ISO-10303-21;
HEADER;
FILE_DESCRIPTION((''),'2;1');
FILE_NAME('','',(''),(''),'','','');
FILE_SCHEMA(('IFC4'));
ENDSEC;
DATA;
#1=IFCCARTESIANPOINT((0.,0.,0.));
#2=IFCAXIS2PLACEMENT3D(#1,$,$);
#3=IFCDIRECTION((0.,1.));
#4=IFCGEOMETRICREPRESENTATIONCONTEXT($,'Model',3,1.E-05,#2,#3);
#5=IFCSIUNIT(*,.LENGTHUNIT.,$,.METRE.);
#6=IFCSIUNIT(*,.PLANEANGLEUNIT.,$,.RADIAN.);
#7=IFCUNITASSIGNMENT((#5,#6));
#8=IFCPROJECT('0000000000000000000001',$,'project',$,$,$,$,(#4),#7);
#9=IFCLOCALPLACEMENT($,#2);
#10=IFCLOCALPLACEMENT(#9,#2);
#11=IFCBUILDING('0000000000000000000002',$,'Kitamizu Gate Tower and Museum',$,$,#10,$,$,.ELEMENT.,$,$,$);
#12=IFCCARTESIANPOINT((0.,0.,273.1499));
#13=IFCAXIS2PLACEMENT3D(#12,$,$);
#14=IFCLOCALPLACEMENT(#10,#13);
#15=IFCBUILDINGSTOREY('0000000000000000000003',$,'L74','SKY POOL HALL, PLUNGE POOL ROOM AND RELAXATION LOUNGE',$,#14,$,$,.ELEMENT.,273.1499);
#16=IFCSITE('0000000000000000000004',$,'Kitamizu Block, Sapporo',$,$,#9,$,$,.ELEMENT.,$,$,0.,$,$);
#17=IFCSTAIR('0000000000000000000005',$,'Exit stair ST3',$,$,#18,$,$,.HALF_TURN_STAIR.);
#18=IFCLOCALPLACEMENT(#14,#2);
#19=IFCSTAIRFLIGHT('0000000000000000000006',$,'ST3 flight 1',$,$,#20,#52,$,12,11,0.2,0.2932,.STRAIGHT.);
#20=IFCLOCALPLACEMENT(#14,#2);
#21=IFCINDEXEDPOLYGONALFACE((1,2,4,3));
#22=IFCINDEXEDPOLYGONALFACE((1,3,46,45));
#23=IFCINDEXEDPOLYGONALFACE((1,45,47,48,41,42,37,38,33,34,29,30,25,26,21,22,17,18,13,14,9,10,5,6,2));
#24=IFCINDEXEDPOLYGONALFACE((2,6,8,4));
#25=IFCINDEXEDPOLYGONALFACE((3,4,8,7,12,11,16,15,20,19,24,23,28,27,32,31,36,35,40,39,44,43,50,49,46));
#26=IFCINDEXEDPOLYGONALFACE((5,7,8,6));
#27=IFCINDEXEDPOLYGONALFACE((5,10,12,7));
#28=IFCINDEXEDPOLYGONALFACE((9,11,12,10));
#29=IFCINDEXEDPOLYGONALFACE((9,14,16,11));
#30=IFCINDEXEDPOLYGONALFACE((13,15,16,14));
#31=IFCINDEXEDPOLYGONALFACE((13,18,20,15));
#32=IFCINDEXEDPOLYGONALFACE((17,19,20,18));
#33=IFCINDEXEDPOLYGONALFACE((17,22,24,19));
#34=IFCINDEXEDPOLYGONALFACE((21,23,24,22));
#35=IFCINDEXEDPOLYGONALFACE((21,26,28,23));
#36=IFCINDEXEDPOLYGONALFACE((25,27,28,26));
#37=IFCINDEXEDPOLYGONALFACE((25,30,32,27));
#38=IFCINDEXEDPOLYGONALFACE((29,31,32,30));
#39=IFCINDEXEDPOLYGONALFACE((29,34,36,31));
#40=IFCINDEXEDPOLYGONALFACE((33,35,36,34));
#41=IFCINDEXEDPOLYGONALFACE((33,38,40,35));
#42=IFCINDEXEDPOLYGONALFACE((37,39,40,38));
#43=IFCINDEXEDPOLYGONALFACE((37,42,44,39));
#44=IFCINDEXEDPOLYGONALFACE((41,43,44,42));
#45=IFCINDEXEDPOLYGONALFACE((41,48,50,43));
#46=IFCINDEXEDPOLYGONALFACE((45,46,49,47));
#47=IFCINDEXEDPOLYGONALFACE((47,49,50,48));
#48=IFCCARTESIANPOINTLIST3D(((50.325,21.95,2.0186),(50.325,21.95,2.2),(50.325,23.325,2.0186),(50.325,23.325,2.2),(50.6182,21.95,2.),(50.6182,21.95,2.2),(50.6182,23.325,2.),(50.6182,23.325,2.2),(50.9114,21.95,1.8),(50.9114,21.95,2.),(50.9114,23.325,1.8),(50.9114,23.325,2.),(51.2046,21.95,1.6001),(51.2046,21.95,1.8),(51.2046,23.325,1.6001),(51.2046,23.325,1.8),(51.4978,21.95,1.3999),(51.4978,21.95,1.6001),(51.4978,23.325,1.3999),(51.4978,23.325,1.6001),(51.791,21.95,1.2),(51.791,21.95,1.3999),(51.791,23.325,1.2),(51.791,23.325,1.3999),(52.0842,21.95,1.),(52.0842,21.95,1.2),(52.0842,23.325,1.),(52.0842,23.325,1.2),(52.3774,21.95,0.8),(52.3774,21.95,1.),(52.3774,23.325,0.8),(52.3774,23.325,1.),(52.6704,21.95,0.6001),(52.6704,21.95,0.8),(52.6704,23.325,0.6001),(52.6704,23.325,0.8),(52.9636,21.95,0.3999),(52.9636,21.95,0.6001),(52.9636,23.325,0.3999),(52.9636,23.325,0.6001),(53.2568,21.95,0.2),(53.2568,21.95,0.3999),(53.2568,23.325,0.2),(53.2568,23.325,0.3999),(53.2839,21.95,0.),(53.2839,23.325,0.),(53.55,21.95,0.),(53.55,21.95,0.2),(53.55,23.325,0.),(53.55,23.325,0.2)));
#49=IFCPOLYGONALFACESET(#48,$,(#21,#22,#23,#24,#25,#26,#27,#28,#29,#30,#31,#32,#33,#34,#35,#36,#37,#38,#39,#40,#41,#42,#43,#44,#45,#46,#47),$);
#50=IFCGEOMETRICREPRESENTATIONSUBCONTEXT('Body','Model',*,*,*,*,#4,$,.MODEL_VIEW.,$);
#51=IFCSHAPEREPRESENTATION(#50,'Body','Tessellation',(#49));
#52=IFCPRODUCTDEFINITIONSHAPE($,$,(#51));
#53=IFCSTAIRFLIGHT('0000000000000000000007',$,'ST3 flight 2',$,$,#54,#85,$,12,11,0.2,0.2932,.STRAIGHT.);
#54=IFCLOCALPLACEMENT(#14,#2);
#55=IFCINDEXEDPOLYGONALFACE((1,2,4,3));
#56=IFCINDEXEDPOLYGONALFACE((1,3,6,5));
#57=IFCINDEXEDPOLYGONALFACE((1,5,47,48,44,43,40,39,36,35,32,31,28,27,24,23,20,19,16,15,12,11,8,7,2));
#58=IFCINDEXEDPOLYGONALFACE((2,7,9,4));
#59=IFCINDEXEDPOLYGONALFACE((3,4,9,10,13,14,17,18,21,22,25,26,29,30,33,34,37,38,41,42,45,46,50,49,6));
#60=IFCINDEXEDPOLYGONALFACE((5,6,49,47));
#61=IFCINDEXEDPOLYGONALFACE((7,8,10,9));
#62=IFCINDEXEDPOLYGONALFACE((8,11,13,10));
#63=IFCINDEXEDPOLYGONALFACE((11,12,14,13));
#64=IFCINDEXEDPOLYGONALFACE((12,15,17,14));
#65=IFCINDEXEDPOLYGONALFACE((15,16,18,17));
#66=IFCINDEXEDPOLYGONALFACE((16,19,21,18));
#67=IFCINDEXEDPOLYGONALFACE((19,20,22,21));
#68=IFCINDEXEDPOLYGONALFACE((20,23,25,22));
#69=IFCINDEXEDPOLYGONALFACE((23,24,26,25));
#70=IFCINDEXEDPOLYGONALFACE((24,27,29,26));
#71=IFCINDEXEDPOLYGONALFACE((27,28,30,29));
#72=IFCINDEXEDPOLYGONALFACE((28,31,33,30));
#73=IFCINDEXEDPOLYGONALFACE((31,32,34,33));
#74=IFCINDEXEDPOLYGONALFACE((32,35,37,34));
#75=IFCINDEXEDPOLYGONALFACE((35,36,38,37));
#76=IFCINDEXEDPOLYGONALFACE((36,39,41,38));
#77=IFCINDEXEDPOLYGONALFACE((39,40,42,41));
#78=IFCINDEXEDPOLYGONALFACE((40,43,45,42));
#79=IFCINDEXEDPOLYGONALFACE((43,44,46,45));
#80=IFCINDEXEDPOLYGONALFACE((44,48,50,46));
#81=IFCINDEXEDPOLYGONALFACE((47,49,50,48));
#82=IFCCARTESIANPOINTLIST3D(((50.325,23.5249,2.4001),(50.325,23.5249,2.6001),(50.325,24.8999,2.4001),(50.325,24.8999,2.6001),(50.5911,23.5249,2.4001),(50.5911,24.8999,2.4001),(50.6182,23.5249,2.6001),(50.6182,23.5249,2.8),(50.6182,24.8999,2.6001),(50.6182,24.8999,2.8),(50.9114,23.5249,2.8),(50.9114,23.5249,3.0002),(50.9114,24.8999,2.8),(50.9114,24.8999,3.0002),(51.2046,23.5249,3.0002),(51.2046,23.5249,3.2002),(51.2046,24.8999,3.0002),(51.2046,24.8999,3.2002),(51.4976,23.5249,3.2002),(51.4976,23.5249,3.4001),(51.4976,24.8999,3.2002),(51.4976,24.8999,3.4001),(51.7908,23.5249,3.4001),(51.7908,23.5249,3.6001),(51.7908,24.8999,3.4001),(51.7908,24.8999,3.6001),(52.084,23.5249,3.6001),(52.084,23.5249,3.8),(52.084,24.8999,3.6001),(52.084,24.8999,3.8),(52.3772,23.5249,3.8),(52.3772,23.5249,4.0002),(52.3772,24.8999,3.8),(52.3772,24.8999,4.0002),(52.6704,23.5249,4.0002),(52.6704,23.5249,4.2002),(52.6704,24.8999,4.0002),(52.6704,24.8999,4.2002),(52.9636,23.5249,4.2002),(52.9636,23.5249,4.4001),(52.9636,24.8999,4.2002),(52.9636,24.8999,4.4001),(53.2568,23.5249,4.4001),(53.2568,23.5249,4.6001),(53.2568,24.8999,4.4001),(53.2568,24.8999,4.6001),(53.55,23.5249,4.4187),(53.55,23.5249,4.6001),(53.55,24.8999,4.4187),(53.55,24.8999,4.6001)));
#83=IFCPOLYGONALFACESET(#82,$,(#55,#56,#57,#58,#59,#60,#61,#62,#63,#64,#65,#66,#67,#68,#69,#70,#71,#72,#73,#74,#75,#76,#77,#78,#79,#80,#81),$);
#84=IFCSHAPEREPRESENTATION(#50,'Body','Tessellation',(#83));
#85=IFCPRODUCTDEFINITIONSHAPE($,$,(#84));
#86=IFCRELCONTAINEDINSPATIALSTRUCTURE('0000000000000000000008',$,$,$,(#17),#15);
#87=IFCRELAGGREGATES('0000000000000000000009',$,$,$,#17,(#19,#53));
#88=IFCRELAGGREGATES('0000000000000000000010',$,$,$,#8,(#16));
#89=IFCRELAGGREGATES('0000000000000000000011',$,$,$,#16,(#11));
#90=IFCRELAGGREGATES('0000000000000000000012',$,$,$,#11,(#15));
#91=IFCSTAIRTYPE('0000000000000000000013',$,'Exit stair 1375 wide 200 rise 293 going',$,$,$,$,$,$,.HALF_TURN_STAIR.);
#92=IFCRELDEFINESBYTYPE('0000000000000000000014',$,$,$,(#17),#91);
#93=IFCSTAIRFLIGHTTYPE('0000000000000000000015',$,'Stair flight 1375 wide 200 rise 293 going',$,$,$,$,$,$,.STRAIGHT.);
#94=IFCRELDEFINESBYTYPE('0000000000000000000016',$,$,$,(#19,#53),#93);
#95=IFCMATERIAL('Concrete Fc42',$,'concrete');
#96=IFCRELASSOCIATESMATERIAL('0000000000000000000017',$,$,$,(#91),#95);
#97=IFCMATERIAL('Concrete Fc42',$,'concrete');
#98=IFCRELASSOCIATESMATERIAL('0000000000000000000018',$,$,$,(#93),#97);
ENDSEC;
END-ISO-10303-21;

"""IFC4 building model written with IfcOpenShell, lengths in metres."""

from ifc_helpers import new_model, si_unit, direction, frame, origin, place, context, subcontext, project, spatial, polyline, outline, extrude, material, type_object, element, aggregate, save


model = new_model("IFC4")

# Units and contexts
model_context = context("Model", 3, precision=1e-05, world=origin(), true_north=direction((0.0, 1.0)))
body_context = subcontext(model_context, "Body", "Model", "MODEL_VIEW")
ifc_project = project(units=[si_unit("LENGTHUNIT", "METRE"), si_unit("PLANEANGLEUNIT", "RADIAN")], contexts=[model_context])

# Site, building, storey
site_placement = place(None, origin())
site = spatial("IfcSite", under=ifc_project, at=site_placement, Name="Kitamizu Block, Sapporo", CompositionType="ELEMENT", RefElevation=0.0)
building_placement = place(site_placement, origin())
building = spatial("IfcBuilding", under=site, at=building_placement, Name="Kitamizu Gate Tower and Museum", CompositionType="ELEMENT")
storey_placement = place(building_placement, frame((0.0, 0.0, 273.1499)))
storey = spatial("IfcBuildingStorey", under=building, at=storey_placement, Name="L74", Description="SKY POOL HALL, PLUNGE POOL ROOM AND RELAXATION LOUNGE", CompositionType="ELEMENT", Elevation=273.1499)

# Stair, stair flights
ifc_material_1 = material(Name="Concrete Fc42", Category="concrete")
stair_type = type_object("IfcStairType", Name="Exit stair 1375 wide 200 rise 293 going", PredefinedType="HALF_TURN_STAIR", material=ifc_material_1)
stair_placement = place(storey_placement, origin())
stair = element("IfcStair", 1, at=stair_placement, inside=storey, type_object=stair_type, Name="Exit stair ST3", PredefinedType="HALF_TURN_STAIR")
ifc_material_2 = material(Name="Concrete Fc42", Category="concrete")
stair_flight_type = type_object("IfcStairFlightType", Name="Stair flight 1375 wide 200 rise 293 going", PredefinedType="STRAIGHT", material=ifc_material_2)
stair_flight_1_placement = place(storey_placement, frame((53.55, 22.6375, 0.0), z_axis=(0.0, 0.0, 1.0), x_axis=(-1.0, 0.0, 0.0)))
stair_flight_1 = element("IfcStairFlight", 2, at=stair_flight_1_placement, type_object=stair_flight_type, Name="ST3 flight 1", NumberOfRisers=12, NumberOfTreads=11, PredefinedType="STRAIGHT", RiserHeight=0.2, TreadLength=0.2932, context=body_context, shape_type="SweptSolid", body=[
    extrude(outline(polyline([(0.0, 0.0), (0.0, 0.2), (0.2932, 0.2), (0.2932, 0.3999), (0.5864, 0.3999), (0.5864, 0.6001), (0.8796, 0.6001), (0.8796, 0.8), (1.1726, 0.8), (1.1726, 1.0), (1.4658, 1.0), (1.4658, 1.2), (1.759, 1.2), (1.759, 1.3999), (2.0522, 1.3999), (2.0522, 1.6001), (2.3455, 1.6001), (2.3455, 1.8), (2.6387, 1.8), (2.6387, 2.0), (2.9319, 2.0), (2.9319, 2.2), (3.2251, 2.2), (3.2251, 2.3999), (3.2251, 2.0186), (0.2661, 0.0), (0.0, 0.0)])), frame((0.0, 0.6875, 0.0), z_axis=(0.0, -1.0, 0.0), x_axis=(1.0, 0.0, 0.0)), (0.0, 0.0, 1.0), 1.375),
])
stair_flight_2_placement = place(storey_placement, frame((50.325, 24.2124, 2.4001), z_axis=(0.0, 0.0, 1.0), x_axis=(1.0, 0.0, 0.0)))
stair_flight_2 = element("IfcStairFlight", 3, at=stair_flight_2_placement, type_object=stair_flight_type, Name="ST3 flight 2", NumberOfRisers=12, NumberOfTreads=11, PredefinedType="STRAIGHT", RiserHeight=0.2, TreadLength=0.2932, context=body_context, shape_type="SweptSolid", body=[
    extrude(outline(polyline([(0.0, 0.0), (0.0, 0.2), (0.2932, 0.2), (0.2932, 0.3999), (0.5864, 0.3999), (0.5864, 0.6001), (0.8796, 0.6001), (0.8796, 0.8), (1.1726, 0.8), (1.1726, 1.0), (1.4658, 1.0), (1.4658, 1.2), (1.759, 1.2), (1.759, 1.3999), (2.0522, 1.3999), (2.0522, 1.6001), (2.3455, 1.6001), (2.3455, 1.8), (2.6387, 1.8), (2.6387, 2.0), (2.9319, 2.0), (2.9319, 2.2), (3.2251, 2.2), (3.2251, 2.3999), (3.2251, 2.0186), (0.2661, 0.0), (0.0, 0.0)])), frame((0.0, 0.6875, 0.0), z_axis=(0.0, -1.0, 0.0), x_axis=(1.0, 0.0, 0.0)), (0.0, 0.0, 1.0), 1.375),
])
aggregate(stair, [stair_flight_1, stair_flight_2])

save(model, "model.ifc")
